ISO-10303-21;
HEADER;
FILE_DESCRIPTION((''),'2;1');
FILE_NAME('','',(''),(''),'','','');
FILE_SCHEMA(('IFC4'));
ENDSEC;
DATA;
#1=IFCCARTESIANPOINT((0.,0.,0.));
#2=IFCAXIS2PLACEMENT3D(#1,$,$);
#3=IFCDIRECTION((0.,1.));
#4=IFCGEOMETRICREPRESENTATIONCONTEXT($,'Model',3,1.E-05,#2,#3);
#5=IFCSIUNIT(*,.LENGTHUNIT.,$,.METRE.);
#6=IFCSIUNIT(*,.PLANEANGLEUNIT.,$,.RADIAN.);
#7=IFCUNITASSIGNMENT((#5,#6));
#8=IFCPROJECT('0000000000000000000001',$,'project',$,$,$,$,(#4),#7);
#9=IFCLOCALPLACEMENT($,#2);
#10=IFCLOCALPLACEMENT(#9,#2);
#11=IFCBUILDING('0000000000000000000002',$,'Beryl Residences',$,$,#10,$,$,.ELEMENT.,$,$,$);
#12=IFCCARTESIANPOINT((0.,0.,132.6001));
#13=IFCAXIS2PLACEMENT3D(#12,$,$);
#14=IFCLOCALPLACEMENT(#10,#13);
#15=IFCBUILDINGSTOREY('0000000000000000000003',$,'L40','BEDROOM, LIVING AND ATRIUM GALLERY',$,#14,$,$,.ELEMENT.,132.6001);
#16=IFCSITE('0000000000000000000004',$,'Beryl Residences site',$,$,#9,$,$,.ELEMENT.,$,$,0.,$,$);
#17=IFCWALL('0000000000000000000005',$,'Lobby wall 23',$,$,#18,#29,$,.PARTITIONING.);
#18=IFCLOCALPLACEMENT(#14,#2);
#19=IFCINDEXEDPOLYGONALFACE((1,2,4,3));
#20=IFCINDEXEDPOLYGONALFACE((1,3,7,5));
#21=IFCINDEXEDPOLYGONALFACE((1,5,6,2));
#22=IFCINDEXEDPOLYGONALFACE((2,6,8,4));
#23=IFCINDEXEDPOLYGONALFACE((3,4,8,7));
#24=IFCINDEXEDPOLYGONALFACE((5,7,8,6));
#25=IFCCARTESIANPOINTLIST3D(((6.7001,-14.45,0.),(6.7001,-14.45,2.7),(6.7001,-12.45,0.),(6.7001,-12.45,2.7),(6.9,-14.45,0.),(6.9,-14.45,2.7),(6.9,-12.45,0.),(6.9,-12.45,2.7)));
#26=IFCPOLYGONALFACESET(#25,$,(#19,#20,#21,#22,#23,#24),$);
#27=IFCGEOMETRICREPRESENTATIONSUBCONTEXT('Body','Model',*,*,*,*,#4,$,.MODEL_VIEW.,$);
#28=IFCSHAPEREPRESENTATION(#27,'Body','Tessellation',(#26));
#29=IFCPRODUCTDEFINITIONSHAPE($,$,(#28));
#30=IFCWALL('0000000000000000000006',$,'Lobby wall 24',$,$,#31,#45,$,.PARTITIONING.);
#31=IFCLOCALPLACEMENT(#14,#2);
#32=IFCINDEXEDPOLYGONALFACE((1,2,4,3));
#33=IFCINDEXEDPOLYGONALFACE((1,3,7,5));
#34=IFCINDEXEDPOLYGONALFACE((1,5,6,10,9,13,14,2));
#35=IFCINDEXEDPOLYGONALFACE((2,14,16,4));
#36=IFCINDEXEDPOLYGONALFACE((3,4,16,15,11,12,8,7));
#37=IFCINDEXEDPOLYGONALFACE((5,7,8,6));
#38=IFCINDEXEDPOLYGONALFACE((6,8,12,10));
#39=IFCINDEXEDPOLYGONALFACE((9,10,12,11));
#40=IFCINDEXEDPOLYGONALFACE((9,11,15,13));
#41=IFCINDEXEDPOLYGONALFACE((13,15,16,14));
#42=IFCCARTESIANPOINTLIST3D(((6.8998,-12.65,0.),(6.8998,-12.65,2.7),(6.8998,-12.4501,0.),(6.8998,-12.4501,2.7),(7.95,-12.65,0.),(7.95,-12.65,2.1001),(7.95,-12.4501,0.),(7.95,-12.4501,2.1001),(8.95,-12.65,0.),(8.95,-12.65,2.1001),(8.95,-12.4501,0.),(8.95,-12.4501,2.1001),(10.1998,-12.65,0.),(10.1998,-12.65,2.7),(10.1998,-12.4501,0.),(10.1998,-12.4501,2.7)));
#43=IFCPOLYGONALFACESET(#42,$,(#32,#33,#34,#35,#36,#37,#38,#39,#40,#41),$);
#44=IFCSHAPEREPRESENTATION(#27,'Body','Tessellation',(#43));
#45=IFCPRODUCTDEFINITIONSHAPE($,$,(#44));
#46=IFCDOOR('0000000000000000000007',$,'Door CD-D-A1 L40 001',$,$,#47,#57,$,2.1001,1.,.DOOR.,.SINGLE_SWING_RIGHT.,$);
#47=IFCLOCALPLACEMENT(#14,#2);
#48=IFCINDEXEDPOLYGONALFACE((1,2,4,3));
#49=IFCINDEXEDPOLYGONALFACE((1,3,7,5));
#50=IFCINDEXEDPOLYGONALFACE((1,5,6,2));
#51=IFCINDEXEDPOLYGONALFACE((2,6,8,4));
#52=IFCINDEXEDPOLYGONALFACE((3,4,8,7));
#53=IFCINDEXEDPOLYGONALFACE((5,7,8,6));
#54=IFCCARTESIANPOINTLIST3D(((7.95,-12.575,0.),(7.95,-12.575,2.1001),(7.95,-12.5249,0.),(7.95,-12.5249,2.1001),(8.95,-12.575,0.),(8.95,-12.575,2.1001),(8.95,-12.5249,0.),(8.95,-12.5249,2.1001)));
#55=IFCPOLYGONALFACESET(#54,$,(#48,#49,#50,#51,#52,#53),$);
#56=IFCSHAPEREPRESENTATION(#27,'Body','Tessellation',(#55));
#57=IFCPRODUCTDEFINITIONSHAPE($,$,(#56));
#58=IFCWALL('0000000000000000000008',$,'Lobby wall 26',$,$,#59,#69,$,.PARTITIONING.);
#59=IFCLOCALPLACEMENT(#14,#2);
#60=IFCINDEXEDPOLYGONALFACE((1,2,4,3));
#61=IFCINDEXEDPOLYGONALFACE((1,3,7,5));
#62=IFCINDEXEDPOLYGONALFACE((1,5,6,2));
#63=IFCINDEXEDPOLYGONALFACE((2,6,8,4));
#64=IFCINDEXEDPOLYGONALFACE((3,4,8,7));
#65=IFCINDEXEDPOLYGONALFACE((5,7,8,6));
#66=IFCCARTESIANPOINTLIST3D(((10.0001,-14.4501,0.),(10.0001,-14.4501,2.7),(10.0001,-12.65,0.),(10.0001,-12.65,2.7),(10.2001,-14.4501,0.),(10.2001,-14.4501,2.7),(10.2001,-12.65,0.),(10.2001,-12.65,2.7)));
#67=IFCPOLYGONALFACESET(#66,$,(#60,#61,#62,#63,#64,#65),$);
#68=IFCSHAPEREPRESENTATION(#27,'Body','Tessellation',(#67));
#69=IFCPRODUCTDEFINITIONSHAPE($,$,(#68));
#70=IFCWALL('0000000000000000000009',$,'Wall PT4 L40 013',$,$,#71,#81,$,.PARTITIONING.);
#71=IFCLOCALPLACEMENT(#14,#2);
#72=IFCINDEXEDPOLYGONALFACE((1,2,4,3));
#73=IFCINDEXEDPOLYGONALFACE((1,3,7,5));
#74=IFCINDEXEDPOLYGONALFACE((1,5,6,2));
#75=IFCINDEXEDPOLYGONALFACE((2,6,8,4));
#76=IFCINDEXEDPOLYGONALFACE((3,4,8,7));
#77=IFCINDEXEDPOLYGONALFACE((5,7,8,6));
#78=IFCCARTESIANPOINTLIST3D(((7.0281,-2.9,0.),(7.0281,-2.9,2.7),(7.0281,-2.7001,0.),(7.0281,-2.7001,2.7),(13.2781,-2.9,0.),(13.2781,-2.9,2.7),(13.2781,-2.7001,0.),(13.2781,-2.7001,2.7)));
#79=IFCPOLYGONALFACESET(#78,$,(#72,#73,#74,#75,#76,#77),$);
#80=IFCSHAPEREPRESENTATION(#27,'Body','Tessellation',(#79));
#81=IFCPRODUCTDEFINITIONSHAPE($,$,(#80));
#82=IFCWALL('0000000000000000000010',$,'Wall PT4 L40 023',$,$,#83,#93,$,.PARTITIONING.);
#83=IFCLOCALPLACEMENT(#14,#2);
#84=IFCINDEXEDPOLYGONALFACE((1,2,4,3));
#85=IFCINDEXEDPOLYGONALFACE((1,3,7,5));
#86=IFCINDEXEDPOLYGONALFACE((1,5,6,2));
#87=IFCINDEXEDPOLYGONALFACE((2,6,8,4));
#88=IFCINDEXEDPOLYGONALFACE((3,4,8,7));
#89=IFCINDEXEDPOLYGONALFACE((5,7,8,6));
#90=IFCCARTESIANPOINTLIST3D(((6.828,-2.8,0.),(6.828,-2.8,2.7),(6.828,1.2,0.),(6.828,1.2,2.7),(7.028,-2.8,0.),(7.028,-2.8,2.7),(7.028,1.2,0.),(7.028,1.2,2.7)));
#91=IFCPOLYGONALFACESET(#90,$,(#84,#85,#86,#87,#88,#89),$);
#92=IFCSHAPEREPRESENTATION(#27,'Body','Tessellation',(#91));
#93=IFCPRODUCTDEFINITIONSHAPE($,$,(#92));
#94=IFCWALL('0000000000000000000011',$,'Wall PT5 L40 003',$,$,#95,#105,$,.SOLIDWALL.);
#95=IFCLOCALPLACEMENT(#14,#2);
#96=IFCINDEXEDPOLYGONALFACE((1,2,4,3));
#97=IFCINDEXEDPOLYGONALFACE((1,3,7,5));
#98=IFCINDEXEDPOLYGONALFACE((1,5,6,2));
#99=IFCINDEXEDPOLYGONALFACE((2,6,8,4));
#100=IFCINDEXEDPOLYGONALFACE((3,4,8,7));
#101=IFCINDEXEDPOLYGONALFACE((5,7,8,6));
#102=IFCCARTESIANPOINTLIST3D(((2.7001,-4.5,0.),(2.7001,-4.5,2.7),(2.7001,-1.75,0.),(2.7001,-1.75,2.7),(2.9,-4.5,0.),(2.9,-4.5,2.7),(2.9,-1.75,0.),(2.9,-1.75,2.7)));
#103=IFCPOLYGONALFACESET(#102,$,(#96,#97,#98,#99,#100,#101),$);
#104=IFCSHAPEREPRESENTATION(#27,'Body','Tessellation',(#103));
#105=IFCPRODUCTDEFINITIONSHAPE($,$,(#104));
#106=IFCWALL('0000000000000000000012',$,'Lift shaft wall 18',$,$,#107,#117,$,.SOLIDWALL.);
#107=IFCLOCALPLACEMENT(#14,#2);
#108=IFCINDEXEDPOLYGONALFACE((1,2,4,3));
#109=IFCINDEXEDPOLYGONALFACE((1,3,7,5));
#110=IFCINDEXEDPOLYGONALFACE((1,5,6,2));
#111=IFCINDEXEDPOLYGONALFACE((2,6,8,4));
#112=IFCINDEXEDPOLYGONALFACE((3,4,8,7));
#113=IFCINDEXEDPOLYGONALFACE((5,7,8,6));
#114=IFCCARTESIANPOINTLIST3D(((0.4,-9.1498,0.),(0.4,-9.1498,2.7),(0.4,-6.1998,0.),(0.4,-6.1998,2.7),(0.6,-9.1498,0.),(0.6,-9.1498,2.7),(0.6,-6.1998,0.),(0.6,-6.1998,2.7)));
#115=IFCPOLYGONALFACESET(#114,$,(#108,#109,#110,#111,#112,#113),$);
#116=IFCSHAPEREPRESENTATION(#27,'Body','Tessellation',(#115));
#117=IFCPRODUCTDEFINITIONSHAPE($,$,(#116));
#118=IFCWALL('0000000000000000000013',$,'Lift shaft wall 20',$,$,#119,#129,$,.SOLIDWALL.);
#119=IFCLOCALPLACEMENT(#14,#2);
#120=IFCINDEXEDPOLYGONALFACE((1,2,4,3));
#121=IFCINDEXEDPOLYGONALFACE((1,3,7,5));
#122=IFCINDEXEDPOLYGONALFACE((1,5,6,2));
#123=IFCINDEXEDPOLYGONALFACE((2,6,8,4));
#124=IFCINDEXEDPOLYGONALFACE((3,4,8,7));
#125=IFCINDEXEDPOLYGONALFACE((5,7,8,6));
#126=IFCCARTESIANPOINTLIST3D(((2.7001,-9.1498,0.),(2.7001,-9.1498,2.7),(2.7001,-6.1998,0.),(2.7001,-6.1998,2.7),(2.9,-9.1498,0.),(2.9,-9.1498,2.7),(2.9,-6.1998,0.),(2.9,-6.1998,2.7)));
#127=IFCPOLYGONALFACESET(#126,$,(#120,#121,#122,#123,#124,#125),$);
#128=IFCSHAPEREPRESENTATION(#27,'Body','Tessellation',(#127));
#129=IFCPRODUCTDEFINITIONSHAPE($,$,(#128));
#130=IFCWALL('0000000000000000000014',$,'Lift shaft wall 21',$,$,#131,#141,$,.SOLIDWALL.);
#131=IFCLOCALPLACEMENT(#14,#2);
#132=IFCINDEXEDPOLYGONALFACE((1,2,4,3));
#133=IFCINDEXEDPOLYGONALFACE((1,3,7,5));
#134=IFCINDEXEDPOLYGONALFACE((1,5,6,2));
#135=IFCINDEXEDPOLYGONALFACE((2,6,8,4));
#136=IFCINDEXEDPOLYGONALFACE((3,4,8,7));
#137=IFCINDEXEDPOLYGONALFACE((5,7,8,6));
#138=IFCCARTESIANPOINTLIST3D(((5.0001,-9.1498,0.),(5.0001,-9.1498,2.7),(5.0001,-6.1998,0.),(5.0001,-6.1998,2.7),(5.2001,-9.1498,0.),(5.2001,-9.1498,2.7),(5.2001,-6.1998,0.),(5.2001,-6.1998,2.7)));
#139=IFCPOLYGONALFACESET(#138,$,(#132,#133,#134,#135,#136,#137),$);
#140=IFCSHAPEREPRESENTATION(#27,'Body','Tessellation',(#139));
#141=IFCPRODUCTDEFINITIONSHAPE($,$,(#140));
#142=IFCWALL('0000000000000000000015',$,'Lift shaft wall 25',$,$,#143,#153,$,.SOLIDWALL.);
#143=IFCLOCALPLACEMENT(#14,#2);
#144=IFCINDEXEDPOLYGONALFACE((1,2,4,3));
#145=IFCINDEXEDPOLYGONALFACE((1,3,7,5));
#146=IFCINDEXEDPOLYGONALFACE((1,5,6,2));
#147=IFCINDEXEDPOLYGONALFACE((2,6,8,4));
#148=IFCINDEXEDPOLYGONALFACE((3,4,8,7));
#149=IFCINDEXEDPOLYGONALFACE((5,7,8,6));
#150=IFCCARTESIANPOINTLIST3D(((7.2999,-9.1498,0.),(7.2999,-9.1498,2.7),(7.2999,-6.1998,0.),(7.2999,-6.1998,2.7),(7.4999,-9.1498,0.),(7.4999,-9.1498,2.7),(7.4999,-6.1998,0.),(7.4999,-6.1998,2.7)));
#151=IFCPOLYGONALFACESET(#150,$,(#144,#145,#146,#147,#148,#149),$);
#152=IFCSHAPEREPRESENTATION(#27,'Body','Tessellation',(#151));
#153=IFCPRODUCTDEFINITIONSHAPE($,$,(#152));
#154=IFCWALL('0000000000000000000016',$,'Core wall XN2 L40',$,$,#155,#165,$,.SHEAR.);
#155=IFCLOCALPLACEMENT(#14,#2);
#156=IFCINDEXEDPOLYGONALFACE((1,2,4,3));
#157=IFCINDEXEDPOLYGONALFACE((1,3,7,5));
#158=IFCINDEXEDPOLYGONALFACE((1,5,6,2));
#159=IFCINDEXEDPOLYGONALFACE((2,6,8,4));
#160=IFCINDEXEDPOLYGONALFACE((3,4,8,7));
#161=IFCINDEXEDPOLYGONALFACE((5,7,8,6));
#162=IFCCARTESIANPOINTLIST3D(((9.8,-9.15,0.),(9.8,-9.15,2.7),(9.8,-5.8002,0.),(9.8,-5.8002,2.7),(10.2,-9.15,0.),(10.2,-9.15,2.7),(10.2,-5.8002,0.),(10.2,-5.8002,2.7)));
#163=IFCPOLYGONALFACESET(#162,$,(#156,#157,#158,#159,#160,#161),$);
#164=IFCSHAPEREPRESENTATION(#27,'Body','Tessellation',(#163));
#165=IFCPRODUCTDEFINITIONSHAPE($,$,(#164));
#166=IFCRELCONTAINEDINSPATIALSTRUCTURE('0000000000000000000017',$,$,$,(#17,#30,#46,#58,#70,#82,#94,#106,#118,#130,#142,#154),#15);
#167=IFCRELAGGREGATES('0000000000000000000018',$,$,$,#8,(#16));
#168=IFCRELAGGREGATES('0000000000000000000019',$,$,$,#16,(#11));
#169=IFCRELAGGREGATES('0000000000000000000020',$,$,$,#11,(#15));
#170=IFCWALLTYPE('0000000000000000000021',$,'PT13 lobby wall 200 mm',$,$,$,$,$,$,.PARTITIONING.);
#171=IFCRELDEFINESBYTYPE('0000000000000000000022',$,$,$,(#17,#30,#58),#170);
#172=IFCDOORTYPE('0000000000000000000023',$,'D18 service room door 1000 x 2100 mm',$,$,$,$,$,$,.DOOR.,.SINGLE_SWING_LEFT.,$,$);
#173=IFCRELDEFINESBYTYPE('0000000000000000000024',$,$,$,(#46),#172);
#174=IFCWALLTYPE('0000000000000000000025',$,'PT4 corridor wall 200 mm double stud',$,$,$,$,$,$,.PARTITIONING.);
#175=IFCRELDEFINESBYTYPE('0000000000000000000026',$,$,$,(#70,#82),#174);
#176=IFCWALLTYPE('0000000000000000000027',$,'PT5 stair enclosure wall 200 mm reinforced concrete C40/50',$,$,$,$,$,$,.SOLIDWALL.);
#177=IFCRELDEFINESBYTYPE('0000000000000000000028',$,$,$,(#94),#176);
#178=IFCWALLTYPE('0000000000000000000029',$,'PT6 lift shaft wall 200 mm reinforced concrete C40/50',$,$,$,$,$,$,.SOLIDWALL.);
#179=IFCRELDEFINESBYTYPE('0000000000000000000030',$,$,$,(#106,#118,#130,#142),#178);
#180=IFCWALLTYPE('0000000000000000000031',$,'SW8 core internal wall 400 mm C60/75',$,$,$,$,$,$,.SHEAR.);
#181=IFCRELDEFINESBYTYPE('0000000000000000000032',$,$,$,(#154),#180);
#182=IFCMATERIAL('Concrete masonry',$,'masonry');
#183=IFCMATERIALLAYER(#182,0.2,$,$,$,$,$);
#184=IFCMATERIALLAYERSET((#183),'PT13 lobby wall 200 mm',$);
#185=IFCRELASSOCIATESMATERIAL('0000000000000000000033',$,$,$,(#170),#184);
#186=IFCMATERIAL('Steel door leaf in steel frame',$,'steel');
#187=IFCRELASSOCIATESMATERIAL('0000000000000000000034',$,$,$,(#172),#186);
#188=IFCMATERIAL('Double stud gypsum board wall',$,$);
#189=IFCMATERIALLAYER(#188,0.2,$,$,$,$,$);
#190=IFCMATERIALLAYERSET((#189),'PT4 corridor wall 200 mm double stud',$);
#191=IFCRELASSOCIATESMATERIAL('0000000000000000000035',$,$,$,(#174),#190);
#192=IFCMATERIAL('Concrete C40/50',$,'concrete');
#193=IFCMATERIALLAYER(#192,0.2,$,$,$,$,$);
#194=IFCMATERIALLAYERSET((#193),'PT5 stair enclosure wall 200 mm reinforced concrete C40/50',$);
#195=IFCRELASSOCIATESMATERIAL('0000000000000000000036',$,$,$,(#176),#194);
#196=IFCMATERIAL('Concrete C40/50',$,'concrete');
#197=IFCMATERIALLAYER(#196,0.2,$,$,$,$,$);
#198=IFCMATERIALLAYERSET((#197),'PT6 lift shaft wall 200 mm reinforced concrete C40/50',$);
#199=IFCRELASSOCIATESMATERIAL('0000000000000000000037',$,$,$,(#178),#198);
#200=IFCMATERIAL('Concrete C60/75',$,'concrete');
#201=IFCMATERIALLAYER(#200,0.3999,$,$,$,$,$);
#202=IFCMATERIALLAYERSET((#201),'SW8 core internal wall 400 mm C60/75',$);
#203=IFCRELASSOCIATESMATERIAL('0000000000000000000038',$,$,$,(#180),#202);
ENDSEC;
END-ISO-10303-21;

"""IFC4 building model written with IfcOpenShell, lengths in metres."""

from ifc_helpers import new_model, si_unit, direction, frame, frame_2d, origin, place, context, subcontext, project, spatial, rectangle, extrude, material, layer, layer_set, type_object, element, fill, save


model = new_model("IFC4")

# Units and contexts
model_context = context("Model", 3, precision=1e-05, world=origin(), true_north=direction((0.0, 1.0)))
body_context = subcontext(model_context, "Body", "Model", "MODEL_VIEW")
ifc_project = project(units=[si_unit("LENGTHUNIT", "METRE"), si_unit("PLANEANGLEUNIT", "RADIAN")], contexts=[model_context])

# Site, building, storey
site_placement = place(None, origin())
site = spatial("IfcSite", under=ifc_project, at=site_placement, Name="Beryl Residences site", CompositionType="ELEMENT", RefElevation=0.0)
building_placement = place(site_placement, origin())
building = spatial("IfcBuilding", under=site, at=building_placement, Name="Beryl Residences", CompositionType="ELEMENT")
storey_placement = place(building_placement, frame((0.0, 0.0, 132.6001)))
storey = spatial("IfcBuildingStorey", under=building, at=storey_placement, Name="L40", Description="BEDROOM, LIVING AND ATRIUM GALLERY", CompositionType="ELEMENT", Elevation=132.6001)

# Wall
ifc_material_1 = material(Name="Concrete masonry", Category="masonry")
ifc_layer_1 = layer(ifc_material_1, 0.2)
ifc_layer_set_1 = layer_set([ifc_layer_1], Name="PT13 lobby wall 200 mm")
wall_type_1 = type_object("IfcWallType", Name="PT13 lobby wall 200 mm", PredefinedType="PARTITIONING", material=ifc_layer_set_1)
wall_1_placement = place(storey_placement, frame((6.8, -14.45, 0.0), z_axis=(0.0, 0.0, 1.0), x_axis=(0.0, 1.0, 0.0)))
element("IfcWall", 1, at=wall_1_placement, inside=storey, type_object=wall_type_1, Name="Lobby wall 23", PredefinedType="PARTITIONING", context=body_context, shape_type="SweptSolid", body=[
    extrude(rectangle(XDim=2.0, YDim=0.2, at=frame_2d((1.0, 0.0))), origin(), (0.0, 0.0, 1.0), 2.7),
])

# Wall, opening, door
wall_2_placement = place(storey_placement, frame((6.8999, -12.55, 0.0), z_axis=(0.0, 0.0, 1.0), x_axis=(1.0, 0.0, 0.0)))
wall_2 = element("IfcWall", 2, at=wall_2_placement, inside=storey, type_object=wall_type_1, Name="Lobby wall 24", PredefinedType="PARTITIONING", context=body_context, shape_type="SweptSolid", body=[
    extrude(rectangle(XDim=3.3, YDim=0.2, at=frame_2d((1.6499, 0.0))), origin(), (0.0, 0.0, 1.0), 2.7),
])
opening_placement = place(wall_2_placement, frame((2.05, 0.0, 0.0), z_axis=(0.0, 0.0, 1.0), x_axis=(-1.0, 0.0, 0.0)))
opening = element("IfcOpeningElement", 3, at=opening_placement, cuts=wall_2, PredefinedType="OPENING", context=body_context, shape_type="SweptSolid", body=[
    extrude(rectangle(XDim=1.0, YDim=2.1001, at=frame_2d((0.5, 1.05))), frame((0.0, 0.1099, 0.0), z_axis=(0.0, -1.0, 0.0), x_axis=(1.0, 0.0, 0.0)), (0.0, 0.0, 1.0), 0.22),
])
ifc_material_2 = material(Name="Steel door leaf in steel frame", Category="steel")
door_type = type_object("IfcDoorType", Name="D18 service room door 1000 x 2100 mm", OperationType="SINGLE_SWING_LEFT", PredefinedType="DOOR", material=ifc_material_2)
door_placement = place(opening_placement, origin())
door = element("IfcDoor", 4, at=door_placement, inside=storey, type_object=door_type, Name="Door CD-D-A1 L40 001", OperationType="SINGLE_SWING_RIGHT", OverallHeight=2.1001, OverallWidth=1.0, PredefinedType="DOOR", context=body_context, shape_type="SweptSolid", body=[
    extrude(rectangle(XDim=1.0, YDim=2.1001, at=frame_2d((0.5, 1.05))), frame((0.0, 0.0249, 0.0), z_axis=(0.0, -1.0, 0.0), x_axis=(1.0, 0.0, 0.0)), (0.0, 0.0, 1.0), 0.05),
])
fill(opening, door)

# Walls
wall_3_placement = place(storey_placement, frame((10.1001, -14.45, 0.0), z_axis=(0.0, 0.0, 1.0), x_axis=(0.0, 1.0, 0.0)))
element("IfcWall", 5, at=wall_3_placement, inside=storey, type_object=wall_type_1, Name="Lobby wall 26", PredefinedType="PARTITIONING", context=body_context, shape_type="SweptSolid", body=[
    extrude(rectangle(XDim=1.8, YDim=0.2, at=frame_2d((0.8999, 0.0))), origin(), (0.0, 0.0, 1.0), 2.7),
])
ifc_material_3 = material(Name="Double stud gypsum board wall")
ifc_layer_2 = layer(ifc_material_3, 0.2)
ifc_layer_set_2 = layer_set([ifc_layer_2], Name="PT4 corridor wall 200 mm double stud")
wall_type_2 = type_object("IfcWallType", Name="PT4 corridor wall 200 mm double stud", PredefinedType="PARTITIONING", material=ifc_layer_set_2)
wall_4_placement = place(storey_placement, frame((7.0281, -2.8, 0.0), z_axis=(0.0, 0.0, 1.0), x_axis=(1.0, 0.0, 0.0)))
element("IfcWall", 6, at=wall_4_placement, inside=storey, type_object=wall_type_2, Name="Wall PT4 L40 013", PredefinedType="PARTITIONING", context=body_context, shape_type="SweptSolid", body=[
    extrude(rectangle(XDim=6.25, YDim=0.2, at=frame_2d((3.125, 0.0))), origin(), (0.0, 0.0, 1.0), 2.7),
])
wall_5_placement = place(storey_placement, frame((6.928, -2.8, 0.0), z_axis=(0.0, 0.0, 1.0), x_axis=(0.0, 1.0, 0.0)))
element("IfcWall", 7, at=wall_5_placement, inside=storey, type_object=wall_type_2, Name="Wall PT4 L40 023", PredefinedType="PARTITIONING", context=body_context, shape_type="SweptSolid", body=[
    extrude(rectangle(XDim=4.0, YDim=0.2, at=frame_2d((2.0, 0.0))), origin(), (0.0, 0.0, 1.0), 2.7),
])
ifc_material_4 = material(Name="Concrete C40/50", Category="concrete")
ifc_layer_3 = layer(ifc_material_4, 0.2)
ifc_layer_set_3 = layer_set([ifc_layer_3], Name="PT5 stair enclosure wall 200 mm reinforced concrete C40/50")
wall_type_3 = type_object("IfcWallType", Name="PT5 stair enclosure wall 200 mm reinforced concrete C40/50", PredefinedType="SOLIDWALL", material=ifc_layer_set_3)
wall_6_placement = place(storey_placement, frame((2.8, -4.5, 0.0), z_axis=(0.0, 0.0, 1.0), x_axis=(0.0, 1.0, 0.0)))
element("IfcWall", 8, at=wall_6_placement, inside=storey, type_object=wall_type_3, Name="Wall PT5 L40 003", PredefinedType="SOLIDWALL", context=body_context, shape_type="SweptSolid", body=[
    extrude(rectangle(XDim=2.75, YDim=0.2, at=frame_2d((1.375, 0.0))), origin(), (0.0, 0.0, 1.0), 2.7),
])
ifc_material_5 = material(Name="Concrete C40/50", Category="concrete")
ifc_layer_4 = layer(ifc_material_5, 0.2)
ifc_layer_set_4 = layer_set([ifc_layer_4], Name="PT6 lift shaft wall 200 mm reinforced concrete C40/50")
wall_type_4 = type_object("IfcWallType", Name="PT6 lift shaft wall 200 mm reinforced concrete C40/50", PredefinedType="SOLIDWALL", material=ifc_layer_set_4)
for number, where, z_axis, x_axis, name in (
    (9, (0.5, -9.1499, 0.0), (0.0, 0.0, 1.0), (0.0, 1.0, 0.0), "Lift shaft wall 18"),
    (10, (2.8, -9.1499, 0.0), (0.0, 0.0, 1.0), (0.0, 1.0, 0.0), "Lift shaft wall 20"),
    (11, (5.1001, -9.1499, 0.0), (0.0, 0.0, 1.0), (0.0, 1.0, 0.0), "Lift shaft wall 21"),
    (12, (7.3999, -9.1499, 0.0), (0.0, 0.0, 1.0), (0.0, 1.0, 0.0), "Lift shaft wall 25"),
):
    element("IfcWall", number, at=place(storey_placement, frame(where, z_axis=z_axis, x_axis=x_axis)), inside=storey, type_object=wall_type_4, Name=name, PredefinedType="SOLIDWALL", context=body_context, shape_type="SweptSolid", body=[
        extrude(rectangle(XDim=2.95, YDim=0.2, at=frame_2d((1.4751, 0.0))), origin(), (0.0, 0.0, 1.0), 2.7),
    ])
ifc_material_6 = material(Name="Concrete C60/75", Category="concrete")
ifc_layer_5 = layer(ifc_material_6, 0.3999)
ifc_layer_set_5 = layer_set([ifc_layer_5], Name="SW8 core internal wall 400 mm C60/75")
wall_type_5 = type_object("IfcWallType", Name="SW8 core internal wall 400 mm C60/75", PredefinedType="SHEAR", material=ifc_layer_set_5)
wall_7_placement = place(storey_placement, frame((10.0, -9.1499, 0.0), z_axis=(0.0, 0.0, 1.0), x_axis=(0.0, 1.0, 0.0)))
element("IfcWall", 13, at=wall_7_placement, inside=storey, type_object=wall_type_5, Name="Core wall XN2 L40", PredefinedType="SHEAR", context=body_context, shape_type="SweptSolid", body=[
    extrude(rectangle(XDim=3.3499, YDim=0.3999, at=frame_2d((1.6748, 0.0))), origin(), (0.0, 0.0, 1.0), 2.7),
])

save(model, "model.ifc")
